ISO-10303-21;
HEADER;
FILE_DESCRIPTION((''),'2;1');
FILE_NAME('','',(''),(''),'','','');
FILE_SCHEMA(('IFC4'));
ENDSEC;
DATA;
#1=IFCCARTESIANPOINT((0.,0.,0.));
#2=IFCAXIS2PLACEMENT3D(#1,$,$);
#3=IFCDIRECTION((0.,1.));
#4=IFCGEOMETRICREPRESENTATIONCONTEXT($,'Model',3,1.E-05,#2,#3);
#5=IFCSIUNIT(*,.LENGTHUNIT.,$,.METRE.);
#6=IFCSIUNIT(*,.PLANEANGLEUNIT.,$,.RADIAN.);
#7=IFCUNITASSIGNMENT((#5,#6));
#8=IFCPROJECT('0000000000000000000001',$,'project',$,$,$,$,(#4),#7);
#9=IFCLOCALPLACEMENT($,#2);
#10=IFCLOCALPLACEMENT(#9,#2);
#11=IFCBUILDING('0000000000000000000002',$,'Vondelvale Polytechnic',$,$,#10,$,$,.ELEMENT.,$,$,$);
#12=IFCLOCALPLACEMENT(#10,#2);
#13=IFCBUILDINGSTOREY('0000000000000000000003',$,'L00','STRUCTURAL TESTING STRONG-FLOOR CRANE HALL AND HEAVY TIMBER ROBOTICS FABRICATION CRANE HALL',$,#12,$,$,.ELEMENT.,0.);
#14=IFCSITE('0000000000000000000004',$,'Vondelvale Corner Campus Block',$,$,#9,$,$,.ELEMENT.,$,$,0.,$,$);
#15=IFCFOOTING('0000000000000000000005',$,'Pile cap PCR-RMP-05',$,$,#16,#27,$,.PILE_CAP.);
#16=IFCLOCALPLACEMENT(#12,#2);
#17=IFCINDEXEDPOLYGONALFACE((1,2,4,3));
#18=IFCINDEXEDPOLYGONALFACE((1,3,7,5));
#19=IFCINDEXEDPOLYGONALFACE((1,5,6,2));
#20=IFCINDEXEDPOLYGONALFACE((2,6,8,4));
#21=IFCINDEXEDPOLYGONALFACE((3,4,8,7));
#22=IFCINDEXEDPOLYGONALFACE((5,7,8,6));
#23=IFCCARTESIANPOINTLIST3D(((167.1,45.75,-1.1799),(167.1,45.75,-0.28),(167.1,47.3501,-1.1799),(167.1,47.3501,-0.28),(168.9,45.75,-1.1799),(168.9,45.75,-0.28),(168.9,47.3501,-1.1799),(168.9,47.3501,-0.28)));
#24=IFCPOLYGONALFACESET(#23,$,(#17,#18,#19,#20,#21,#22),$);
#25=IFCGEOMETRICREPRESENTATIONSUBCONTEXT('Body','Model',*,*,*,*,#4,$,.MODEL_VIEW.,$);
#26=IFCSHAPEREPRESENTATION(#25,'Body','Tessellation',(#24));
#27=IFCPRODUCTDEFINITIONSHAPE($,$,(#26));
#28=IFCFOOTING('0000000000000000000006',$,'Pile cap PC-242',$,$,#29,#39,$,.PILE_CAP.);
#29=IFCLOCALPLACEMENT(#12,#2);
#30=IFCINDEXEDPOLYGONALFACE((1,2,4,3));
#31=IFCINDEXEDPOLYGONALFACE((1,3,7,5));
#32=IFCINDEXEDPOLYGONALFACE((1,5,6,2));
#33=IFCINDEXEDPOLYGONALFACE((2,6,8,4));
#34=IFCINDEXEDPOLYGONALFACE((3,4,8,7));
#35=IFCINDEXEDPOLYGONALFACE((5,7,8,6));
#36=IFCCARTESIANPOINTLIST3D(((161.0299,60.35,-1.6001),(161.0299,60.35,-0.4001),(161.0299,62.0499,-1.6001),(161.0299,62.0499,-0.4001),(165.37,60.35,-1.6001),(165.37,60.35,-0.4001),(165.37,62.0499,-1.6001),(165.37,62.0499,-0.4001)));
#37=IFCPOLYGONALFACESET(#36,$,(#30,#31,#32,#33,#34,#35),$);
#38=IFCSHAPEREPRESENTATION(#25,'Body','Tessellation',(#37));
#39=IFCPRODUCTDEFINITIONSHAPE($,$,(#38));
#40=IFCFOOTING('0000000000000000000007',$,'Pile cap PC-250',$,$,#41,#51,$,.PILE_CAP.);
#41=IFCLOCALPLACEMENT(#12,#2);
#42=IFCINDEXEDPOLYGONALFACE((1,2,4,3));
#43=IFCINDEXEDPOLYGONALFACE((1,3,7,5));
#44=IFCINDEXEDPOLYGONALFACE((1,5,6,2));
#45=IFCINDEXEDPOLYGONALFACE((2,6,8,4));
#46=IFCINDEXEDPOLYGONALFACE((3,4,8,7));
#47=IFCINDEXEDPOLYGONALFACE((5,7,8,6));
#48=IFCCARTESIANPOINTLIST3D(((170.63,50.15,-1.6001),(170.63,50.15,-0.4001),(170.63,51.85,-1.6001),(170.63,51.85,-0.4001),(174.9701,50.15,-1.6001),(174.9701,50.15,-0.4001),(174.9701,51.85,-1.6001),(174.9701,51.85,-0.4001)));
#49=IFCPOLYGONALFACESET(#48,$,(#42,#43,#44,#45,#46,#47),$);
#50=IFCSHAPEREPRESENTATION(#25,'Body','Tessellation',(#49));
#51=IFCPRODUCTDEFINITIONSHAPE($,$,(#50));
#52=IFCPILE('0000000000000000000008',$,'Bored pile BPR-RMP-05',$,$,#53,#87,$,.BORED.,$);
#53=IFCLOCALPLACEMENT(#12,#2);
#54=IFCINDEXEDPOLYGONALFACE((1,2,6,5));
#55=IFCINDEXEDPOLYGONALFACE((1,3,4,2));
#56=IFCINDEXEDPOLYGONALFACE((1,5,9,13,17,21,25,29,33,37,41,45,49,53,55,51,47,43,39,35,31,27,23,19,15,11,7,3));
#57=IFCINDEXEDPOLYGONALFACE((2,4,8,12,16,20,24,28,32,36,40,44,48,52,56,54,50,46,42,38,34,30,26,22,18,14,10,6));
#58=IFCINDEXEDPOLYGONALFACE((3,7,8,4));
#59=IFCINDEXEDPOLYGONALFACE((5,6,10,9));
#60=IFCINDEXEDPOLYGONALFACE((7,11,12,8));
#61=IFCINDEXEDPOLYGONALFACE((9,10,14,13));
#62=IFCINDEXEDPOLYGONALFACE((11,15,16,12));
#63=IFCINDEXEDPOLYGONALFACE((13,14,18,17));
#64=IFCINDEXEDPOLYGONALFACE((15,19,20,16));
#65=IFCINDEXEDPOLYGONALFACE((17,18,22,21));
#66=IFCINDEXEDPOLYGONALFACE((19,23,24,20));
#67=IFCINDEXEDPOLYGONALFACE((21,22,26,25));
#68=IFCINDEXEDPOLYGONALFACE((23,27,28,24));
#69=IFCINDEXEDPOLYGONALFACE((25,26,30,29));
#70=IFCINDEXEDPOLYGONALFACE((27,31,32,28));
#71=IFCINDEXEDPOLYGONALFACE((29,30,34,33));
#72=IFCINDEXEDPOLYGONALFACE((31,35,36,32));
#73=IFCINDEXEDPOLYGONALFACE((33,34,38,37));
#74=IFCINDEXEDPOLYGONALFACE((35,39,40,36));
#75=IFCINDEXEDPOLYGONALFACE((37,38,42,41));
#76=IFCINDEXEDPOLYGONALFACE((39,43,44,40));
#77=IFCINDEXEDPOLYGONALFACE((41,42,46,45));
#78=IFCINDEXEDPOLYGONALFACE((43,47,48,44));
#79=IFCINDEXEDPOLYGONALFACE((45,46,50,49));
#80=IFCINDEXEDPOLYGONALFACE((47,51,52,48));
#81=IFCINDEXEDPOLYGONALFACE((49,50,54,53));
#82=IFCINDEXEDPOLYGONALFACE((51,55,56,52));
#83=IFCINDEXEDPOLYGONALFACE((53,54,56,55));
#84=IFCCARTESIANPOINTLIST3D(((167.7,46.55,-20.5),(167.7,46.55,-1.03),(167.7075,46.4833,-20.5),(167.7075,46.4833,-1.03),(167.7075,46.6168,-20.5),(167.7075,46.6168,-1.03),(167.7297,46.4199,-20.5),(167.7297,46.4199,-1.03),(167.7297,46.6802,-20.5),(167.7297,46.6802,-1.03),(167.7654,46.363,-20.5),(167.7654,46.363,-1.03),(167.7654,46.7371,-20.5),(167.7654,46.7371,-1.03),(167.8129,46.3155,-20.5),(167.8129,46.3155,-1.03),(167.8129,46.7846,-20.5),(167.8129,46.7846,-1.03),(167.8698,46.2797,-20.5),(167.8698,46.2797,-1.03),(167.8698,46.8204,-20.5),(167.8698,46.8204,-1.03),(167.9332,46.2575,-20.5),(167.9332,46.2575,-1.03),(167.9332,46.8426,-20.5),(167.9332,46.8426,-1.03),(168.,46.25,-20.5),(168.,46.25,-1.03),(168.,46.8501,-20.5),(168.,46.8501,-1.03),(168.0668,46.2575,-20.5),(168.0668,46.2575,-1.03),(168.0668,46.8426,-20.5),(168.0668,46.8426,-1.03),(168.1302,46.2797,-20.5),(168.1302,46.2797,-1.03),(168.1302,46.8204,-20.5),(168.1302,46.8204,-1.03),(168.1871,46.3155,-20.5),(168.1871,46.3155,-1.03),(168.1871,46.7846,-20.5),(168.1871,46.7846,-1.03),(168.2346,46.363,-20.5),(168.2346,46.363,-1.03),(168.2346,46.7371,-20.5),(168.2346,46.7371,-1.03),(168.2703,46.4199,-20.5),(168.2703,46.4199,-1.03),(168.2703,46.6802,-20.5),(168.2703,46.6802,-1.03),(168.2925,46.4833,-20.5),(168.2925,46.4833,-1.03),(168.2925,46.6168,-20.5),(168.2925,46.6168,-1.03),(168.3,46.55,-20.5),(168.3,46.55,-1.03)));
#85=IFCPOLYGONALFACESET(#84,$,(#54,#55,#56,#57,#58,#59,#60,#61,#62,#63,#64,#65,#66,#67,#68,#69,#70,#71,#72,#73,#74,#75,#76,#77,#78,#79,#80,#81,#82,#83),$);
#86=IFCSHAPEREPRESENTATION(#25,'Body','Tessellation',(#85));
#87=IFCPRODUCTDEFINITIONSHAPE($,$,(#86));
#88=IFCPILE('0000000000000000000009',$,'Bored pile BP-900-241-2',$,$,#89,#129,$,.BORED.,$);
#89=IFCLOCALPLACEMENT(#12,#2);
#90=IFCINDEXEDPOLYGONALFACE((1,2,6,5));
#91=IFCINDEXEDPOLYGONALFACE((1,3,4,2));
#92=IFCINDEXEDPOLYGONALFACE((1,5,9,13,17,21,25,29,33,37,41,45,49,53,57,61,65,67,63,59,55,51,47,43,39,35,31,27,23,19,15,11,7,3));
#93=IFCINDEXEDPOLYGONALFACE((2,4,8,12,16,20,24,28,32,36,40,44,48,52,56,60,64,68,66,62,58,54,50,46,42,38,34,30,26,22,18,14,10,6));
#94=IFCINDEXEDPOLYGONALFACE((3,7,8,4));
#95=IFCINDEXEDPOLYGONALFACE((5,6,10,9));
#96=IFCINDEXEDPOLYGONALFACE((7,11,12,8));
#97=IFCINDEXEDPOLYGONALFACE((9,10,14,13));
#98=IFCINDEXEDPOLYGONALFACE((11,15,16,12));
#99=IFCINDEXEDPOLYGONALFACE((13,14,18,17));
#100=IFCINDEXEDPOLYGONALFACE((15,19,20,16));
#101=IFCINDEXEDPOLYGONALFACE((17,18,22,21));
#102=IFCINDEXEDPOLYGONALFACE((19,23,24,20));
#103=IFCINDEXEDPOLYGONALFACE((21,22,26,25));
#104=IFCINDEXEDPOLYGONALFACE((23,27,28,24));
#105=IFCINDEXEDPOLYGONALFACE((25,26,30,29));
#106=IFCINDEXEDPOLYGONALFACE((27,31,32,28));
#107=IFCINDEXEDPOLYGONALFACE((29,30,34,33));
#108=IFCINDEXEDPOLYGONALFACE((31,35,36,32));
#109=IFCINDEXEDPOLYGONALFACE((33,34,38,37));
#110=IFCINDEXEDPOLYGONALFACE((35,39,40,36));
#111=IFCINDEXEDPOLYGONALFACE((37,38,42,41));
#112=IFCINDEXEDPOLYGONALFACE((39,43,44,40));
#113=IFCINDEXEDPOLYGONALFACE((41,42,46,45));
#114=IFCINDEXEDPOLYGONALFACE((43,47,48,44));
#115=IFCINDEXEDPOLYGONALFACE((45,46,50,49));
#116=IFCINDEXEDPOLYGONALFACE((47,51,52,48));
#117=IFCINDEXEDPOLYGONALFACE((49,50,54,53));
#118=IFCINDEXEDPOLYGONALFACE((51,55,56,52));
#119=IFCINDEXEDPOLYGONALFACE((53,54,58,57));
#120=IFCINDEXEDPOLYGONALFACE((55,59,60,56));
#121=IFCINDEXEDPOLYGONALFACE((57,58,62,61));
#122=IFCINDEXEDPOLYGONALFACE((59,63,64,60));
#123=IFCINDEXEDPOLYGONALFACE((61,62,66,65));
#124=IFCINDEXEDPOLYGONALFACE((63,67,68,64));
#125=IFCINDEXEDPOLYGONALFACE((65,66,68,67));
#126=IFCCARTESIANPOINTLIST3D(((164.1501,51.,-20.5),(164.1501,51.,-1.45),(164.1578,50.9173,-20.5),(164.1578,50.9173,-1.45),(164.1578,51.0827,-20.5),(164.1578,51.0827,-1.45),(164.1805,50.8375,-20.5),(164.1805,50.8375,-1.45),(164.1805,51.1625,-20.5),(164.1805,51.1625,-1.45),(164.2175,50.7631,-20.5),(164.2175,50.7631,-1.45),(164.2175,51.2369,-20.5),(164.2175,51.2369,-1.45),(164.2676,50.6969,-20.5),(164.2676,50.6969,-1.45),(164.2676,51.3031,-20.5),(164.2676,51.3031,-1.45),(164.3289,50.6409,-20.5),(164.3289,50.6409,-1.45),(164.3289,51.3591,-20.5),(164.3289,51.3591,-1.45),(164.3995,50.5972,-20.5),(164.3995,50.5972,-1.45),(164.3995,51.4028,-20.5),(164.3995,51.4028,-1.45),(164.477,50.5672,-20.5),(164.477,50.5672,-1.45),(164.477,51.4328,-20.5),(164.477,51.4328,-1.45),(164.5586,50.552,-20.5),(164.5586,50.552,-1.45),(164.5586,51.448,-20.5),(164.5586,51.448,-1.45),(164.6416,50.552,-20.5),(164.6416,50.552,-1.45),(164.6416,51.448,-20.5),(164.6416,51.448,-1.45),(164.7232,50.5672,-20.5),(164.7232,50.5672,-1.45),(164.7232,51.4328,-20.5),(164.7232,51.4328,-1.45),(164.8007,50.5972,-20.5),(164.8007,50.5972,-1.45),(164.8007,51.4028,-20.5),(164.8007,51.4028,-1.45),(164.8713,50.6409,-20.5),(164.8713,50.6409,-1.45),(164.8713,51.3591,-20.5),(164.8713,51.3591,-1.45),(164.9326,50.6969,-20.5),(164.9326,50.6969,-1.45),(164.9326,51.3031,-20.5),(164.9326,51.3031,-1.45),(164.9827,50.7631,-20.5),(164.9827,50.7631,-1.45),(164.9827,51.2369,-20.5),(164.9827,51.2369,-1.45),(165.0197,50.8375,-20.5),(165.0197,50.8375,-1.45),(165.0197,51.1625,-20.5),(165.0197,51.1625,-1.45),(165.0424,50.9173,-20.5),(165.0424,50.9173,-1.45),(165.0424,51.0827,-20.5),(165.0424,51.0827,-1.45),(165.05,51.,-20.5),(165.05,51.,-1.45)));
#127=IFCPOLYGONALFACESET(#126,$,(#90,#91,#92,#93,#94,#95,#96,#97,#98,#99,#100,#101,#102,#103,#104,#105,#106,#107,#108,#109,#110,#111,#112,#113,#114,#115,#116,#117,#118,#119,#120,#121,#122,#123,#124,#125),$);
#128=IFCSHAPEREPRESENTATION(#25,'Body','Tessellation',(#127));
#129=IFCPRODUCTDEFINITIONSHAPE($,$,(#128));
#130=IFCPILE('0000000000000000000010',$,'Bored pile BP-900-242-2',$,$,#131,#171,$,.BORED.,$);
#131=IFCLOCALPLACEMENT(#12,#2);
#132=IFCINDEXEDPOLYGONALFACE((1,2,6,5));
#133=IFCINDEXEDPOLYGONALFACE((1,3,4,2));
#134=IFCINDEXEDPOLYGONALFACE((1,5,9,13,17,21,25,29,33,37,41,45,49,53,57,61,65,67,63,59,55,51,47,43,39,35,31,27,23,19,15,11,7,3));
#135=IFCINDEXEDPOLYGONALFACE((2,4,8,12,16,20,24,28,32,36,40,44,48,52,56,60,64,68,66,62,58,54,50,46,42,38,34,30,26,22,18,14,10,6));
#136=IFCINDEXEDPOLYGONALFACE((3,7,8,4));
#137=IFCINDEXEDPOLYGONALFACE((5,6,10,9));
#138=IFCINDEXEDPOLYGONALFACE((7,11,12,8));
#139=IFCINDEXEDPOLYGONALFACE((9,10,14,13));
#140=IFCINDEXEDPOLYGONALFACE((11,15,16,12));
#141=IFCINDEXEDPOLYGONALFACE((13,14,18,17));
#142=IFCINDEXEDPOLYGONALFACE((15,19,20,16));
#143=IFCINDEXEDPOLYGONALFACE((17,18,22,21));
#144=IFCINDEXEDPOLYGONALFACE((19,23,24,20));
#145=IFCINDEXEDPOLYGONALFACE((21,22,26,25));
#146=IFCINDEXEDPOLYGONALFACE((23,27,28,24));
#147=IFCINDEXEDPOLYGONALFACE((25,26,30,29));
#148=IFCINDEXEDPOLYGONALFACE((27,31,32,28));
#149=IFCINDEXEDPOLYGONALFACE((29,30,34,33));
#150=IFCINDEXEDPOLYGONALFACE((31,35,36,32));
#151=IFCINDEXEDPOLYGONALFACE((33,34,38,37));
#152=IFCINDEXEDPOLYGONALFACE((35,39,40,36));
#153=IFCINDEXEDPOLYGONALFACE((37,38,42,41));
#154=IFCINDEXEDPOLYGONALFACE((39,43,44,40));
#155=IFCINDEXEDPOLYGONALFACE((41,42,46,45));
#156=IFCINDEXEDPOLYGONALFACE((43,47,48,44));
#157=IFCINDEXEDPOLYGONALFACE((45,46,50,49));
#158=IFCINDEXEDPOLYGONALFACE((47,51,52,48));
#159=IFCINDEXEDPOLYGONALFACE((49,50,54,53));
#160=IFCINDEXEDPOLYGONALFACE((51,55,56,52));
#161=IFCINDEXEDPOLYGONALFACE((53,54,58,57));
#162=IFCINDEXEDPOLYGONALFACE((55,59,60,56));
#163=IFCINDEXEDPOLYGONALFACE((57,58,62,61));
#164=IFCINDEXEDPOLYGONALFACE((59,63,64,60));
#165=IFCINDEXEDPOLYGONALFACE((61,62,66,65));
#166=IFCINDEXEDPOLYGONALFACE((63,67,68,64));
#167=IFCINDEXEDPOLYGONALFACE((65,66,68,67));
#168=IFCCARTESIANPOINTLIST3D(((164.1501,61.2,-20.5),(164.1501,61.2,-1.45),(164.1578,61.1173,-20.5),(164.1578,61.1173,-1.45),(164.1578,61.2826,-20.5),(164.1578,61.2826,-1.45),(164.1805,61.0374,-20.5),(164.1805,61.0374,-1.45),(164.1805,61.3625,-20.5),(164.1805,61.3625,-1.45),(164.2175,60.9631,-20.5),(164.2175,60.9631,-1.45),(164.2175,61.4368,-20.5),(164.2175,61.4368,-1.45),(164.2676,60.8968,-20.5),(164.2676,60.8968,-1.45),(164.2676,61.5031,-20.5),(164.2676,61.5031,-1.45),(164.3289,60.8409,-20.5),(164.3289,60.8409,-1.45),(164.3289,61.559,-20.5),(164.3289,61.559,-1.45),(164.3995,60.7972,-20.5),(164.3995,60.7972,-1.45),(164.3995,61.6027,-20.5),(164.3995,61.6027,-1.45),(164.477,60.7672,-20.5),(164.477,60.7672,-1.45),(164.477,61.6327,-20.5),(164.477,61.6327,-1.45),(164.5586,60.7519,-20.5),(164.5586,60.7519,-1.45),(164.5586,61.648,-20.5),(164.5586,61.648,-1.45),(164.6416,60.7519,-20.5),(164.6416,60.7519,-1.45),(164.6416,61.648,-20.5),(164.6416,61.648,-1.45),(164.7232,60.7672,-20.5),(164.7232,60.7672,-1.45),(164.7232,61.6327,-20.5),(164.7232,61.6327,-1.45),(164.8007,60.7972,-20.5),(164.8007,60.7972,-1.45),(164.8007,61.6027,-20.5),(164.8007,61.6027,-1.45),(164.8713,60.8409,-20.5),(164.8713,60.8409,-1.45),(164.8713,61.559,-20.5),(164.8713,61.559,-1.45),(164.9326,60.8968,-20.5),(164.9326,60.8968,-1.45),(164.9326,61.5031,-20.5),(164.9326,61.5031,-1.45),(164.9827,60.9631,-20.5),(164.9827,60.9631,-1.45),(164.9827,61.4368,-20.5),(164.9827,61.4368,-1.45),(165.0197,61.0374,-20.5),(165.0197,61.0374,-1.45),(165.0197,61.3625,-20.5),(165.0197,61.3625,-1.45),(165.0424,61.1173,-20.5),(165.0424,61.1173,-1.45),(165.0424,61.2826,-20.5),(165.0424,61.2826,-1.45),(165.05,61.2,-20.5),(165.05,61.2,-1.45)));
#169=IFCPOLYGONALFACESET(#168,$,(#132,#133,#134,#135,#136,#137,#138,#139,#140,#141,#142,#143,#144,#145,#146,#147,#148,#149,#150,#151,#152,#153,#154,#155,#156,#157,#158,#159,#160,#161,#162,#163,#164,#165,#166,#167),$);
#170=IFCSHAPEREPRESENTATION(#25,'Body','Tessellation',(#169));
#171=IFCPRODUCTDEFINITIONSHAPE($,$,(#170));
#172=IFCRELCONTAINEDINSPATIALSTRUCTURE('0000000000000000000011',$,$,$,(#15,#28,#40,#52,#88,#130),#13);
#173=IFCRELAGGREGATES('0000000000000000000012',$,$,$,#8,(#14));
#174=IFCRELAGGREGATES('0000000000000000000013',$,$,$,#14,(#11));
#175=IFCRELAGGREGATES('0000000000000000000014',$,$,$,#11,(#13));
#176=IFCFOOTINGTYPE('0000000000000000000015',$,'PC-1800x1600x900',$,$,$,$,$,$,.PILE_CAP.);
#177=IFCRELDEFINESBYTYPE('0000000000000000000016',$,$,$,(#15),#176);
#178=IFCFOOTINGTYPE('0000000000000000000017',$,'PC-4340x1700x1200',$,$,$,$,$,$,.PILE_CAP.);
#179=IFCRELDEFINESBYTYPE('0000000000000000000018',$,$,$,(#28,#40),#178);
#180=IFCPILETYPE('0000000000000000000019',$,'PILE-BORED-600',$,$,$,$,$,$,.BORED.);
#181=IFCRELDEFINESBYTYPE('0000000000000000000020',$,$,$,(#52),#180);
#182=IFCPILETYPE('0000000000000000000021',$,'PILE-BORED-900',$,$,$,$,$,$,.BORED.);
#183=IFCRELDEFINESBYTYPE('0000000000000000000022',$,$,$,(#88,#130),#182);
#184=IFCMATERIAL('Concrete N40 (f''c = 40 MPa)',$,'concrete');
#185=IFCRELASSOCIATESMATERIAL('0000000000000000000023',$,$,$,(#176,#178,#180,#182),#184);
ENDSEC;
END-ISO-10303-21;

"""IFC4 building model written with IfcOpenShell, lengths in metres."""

from ifc_helpers import new_model, si_unit, direction, frame, origin, origin_2d, place, context, subcontext, project, spatial, rectangle, circle, extrude, material, material_profile, profile_set, type_object, element, save


model = new_model("IFC4")

# Units and contexts
model_context = context("Model", 3, precision=1e-05, world=origin(), true_north=direction((0.0, 1.0)))
body_context = subcontext(model_context, "Body", "Model", "MODEL_VIEW")
ifc_project = project(units=[si_unit("LENGTHUNIT", "METRE"), si_unit("PLANEANGLEUNIT", "RADIAN")], contexts=[model_context])

# Site, building, storey
site_placement = place(None, origin())
site = spatial("IfcSite", under=ifc_project, at=site_placement, Name="Vondelvale Corner Campus Block", CompositionType="ELEMENT", RefElevation=0.0)
building_placement = place(site_placement, origin())
building = spatial("IfcBuilding", under=site, at=building_placement, Name="Vondelvale Polytechnic", CompositionType="ELEMENT")
storey_placement = place(building_placement, origin())
storey = spatial("IfcBuildingStorey", under=building, at=storey_placement, Name="L00", Description="STRUCTURAL TESTING STRONG-FLOOR CRANE HALL AND HEAVY TIMBER ROBOTICS FABRICATION CRANE HALL", CompositionType="ELEMENT", Elevation=0.0)

# Footings
ifc_material_1 = material(Name="Concrete N40 (f'c = 40 MPa)", Category="concrete")
footing_type_1 = type_object("IfcFootingType", Name="PC-1800x1600x900", PredefinedType="PILE_CAP", material=ifc_material_1)
footing_placement = place(storey_placement, frame((168.0, 46.55, -1.1799), z_axis=(0.0, 0.0, 1.0), x_axis=(1.0, 0.0, 0.0)))
element("IfcFooting", 1, at=footing_placement, inside=storey, type_object=footing_type_1, Name="Pile cap PCR-RMP-05", PredefinedType="PILE_CAP", context=body_context, shape_type="SweptSolid", body=[
    extrude(rectangle(XDim=1.8, YDim=1.6001, at=origin_2d()), origin(), (0.0, 0.0, 1.0), 0.8999),
])
footing_type_2 = type_object("IfcFootingType", Name="PC-4340x1700x1200", PredefinedType="PILE_CAP", material=ifc_material_1)
for number, where, z_axis, x_axis, name in (
    (2, (163.2, 61.2, -1.6001), (0.0, 0.0, 1.0), (1.0, 0.0, 0.0), "Pile cap PC-242"),
    (3, (172.8, 51.0, -1.6001), (0.0, 0.0, 1.0), (1.0, 0.0, 0.0), "Pile cap PC-250"),
):
    element("IfcFooting", number, at=place(storey_placement, frame(where, z_axis=z_axis, x_axis=x_axis)), inside=storey, type_object=footing_type_2, Name=name, PredefinedType="PILE_CAP", context=body_context, shape_type="SweptSolid", body=[
        extrude(rectangle(XDim=4.3401, YDim=1.7, at=origin_2d()), origin(), (0.0, 0.0, 1.0), 1.2),
    ])

# Piles
ifc_material_profile_1 = material_profile(ifc_material_1, circle(Radius=0.3, at=origin_2d()), Name="PILE-D600")
ifc_profile_set_1 = profile_set([ifc_material_profile_1], Name="Concrete N40 (f'c = 40 MPa)")
pile_type_1 = type_object("IfcPileType", Name="PILE-BORED-600", PredefinedType="BORED", material=ifc_profile_set_1)
pile_placement = place(storey_placement, frame((168.0, 46.55, -1.03), z_axis=(0.0, 0.0, -1.0), x_axis=(1.0, 0.0, 0.0)))
element("IfcPile", 4, at=pile_placement, inside=storey, type_object=pile_type_1, Name="Bored pile BPR-RMP-05", PredefinedType="BORED", context=body_context, shape_type="SweptSolid", body=[
    extrude(circle(Radius=0.3, at=origin_2d()), origin(), (0.0, 0.0, 1.0), 19.47),
])
ifc_material_profile_2 = material_profile(ifc_material_1, circle(Radius=0.45, at=origin_2d()), Name="PILE-D900")
ifc_profile_set_2 = profile_set([ifc_material_profile_2], Name="Concrete N40 (f'c = 40 MPa)")
pile_type_2 = type_object("IfcPileType", Name="PILE-BORED-900", PredefinedType="BORED", material=ifc_profile_set_2)
for number, where, z_axis, x_axis, name in (
    (5, (164.6001, 51.0, -1.45), (0.0, 0.0, -1.0), (1.0, 0.0, 0.0), "Bored pile BP-900-241-2"),
    (6, (164.6001, 61.2, -1.45), (0.0, 0.0, -1.0), (1.0, 0.0, 0.0), "Bored pile BP-900-242-2"),
):
    element("IfcPile", number, at=place(storey_placement, frame(where, z_axis=z_axis, x_axis=x_axis)), inside=storey, type_object=pile_type_2, Name=name, PredefinedType="BORED", context=body_context, shape_type="SweptSolid", body=[
        extrude(circle(Radius=0.45, at=origin_2d()), origin(), (0.0, 0.0, 1.0), 19.05),
    ])

save(model, "model.ifc")
